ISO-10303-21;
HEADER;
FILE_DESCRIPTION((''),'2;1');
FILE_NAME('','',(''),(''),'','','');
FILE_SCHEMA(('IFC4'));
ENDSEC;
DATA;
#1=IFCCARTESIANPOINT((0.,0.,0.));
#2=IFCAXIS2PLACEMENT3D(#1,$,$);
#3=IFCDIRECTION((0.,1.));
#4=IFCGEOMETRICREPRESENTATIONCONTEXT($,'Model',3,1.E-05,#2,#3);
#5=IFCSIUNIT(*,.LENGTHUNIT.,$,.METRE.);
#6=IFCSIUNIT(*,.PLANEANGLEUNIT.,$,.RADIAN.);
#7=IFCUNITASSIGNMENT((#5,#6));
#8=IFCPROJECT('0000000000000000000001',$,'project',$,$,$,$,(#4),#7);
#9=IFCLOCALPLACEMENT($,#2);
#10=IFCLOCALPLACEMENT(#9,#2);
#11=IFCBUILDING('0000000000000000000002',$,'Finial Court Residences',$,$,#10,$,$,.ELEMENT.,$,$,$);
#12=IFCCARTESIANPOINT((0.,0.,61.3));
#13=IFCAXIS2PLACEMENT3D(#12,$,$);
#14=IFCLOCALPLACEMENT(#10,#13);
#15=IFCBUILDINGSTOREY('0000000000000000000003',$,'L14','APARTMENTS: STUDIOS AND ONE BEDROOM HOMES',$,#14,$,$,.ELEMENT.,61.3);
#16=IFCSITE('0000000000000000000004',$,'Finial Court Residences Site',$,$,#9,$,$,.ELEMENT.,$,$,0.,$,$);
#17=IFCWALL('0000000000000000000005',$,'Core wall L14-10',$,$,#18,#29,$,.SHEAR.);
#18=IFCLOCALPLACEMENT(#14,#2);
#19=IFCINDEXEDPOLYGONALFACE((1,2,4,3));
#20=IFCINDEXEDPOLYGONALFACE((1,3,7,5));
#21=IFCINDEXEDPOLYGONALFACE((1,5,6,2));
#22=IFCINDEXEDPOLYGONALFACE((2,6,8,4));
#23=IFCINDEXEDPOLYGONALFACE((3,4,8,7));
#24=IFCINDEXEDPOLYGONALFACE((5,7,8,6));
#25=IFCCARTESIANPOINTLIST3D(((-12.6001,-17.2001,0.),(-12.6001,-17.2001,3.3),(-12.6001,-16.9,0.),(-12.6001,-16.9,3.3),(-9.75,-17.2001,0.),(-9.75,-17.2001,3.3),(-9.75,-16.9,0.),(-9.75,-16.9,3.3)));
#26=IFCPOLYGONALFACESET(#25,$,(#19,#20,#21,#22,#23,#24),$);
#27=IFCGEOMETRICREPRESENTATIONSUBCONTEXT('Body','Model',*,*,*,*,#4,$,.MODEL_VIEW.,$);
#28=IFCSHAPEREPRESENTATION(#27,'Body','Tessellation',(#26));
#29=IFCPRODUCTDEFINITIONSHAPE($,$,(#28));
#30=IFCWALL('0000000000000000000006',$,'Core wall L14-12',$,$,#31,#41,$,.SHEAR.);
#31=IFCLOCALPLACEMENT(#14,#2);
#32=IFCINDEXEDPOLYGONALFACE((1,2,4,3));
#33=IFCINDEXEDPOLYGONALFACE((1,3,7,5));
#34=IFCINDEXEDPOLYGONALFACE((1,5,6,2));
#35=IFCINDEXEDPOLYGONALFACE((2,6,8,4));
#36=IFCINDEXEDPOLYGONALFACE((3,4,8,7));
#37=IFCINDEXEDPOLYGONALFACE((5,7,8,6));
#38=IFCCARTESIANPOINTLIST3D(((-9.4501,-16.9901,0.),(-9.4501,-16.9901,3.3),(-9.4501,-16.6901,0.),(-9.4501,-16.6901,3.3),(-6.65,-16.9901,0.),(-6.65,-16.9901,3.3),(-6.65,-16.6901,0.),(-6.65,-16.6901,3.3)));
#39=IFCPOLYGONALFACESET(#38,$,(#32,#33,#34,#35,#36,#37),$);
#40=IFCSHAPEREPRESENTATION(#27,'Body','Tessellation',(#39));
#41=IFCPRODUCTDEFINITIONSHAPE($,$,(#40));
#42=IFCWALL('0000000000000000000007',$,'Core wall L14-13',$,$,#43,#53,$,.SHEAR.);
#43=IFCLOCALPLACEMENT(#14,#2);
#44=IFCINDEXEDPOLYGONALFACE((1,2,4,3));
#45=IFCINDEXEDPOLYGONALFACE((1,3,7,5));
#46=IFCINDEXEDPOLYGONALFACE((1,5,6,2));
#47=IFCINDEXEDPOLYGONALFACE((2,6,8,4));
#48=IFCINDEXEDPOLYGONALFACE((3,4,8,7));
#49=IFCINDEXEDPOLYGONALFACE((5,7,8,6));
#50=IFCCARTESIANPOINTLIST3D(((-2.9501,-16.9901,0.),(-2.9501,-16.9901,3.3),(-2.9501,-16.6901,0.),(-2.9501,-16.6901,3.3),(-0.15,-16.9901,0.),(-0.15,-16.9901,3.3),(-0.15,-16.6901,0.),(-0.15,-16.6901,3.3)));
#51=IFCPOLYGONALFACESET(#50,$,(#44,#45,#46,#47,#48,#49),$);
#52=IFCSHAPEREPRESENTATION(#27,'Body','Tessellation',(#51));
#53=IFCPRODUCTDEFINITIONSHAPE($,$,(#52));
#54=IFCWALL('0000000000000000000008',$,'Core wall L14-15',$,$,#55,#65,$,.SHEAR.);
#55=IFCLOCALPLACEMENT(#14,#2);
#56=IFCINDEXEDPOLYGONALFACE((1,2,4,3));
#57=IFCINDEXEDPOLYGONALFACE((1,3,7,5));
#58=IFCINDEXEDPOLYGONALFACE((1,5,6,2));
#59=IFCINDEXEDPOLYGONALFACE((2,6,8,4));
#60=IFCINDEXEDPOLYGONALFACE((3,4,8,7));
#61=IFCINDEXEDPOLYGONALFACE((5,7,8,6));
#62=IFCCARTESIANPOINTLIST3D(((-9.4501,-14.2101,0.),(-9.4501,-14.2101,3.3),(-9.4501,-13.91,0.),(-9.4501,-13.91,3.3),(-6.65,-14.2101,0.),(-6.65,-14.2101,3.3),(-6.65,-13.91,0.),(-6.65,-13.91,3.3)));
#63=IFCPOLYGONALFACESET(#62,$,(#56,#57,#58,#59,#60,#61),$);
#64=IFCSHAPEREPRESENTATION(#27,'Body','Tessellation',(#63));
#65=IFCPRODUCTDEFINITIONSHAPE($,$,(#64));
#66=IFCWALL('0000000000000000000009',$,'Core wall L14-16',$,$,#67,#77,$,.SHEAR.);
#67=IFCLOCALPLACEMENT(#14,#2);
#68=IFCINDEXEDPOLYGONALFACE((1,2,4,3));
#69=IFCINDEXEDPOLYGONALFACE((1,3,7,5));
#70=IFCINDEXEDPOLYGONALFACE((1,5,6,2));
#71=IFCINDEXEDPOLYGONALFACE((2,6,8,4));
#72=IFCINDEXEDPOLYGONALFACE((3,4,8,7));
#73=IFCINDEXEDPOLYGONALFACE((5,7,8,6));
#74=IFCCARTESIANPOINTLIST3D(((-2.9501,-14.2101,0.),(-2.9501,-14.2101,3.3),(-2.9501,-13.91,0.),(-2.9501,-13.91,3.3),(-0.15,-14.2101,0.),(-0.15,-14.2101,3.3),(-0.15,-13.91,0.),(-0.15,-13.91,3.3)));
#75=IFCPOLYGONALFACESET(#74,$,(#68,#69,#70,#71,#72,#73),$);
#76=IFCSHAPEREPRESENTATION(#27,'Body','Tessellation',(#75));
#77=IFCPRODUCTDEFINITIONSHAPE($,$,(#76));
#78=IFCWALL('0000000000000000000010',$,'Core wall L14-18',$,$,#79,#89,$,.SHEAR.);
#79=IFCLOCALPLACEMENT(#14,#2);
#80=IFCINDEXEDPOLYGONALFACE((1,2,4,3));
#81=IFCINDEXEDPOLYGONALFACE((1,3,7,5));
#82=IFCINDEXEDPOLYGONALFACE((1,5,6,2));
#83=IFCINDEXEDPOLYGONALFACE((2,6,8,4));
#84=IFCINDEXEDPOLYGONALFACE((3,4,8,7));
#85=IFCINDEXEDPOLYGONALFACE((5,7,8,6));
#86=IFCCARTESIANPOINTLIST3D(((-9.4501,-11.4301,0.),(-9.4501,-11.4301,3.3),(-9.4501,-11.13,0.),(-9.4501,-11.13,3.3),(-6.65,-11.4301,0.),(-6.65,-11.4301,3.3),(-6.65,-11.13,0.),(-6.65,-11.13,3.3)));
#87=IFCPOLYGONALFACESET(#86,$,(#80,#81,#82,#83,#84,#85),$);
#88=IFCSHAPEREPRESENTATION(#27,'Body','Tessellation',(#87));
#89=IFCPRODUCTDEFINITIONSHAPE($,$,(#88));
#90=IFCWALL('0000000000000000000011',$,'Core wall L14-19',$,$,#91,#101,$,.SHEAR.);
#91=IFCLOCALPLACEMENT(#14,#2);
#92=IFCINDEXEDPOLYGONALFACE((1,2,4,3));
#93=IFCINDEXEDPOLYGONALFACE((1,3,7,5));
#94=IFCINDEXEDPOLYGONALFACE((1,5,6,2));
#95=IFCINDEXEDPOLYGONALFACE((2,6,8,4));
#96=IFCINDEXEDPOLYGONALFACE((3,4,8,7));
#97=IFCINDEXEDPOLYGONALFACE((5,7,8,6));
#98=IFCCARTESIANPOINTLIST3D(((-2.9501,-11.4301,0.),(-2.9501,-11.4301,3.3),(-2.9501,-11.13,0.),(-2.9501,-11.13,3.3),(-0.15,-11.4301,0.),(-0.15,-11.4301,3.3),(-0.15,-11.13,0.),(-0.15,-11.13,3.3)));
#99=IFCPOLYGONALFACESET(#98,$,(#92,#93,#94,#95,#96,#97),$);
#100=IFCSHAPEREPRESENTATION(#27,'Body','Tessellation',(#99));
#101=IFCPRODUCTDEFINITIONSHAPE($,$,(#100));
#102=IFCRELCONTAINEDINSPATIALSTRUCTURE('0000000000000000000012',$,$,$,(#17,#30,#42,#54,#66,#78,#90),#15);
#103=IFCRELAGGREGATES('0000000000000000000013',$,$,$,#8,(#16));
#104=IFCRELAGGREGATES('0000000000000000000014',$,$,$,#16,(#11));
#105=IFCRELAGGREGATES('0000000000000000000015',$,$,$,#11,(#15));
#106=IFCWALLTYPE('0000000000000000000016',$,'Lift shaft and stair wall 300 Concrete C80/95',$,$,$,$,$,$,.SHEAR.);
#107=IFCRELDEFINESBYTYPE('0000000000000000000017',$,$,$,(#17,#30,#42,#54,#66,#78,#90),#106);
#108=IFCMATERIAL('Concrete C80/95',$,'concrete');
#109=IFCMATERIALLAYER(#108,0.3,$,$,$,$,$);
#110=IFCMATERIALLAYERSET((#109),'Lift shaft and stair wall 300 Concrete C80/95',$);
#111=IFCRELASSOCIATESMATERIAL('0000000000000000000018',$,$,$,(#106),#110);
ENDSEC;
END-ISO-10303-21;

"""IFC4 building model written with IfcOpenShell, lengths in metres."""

from ifc_helpers import new_model, si_unit, direction, frame, frame_2d, origin, place, context, subcontext, project, spatial, rectangle, extrude, material, layer, layer_set, type_object, element, save


model = new_model("IFC4")

# Units and contexts
model_context = context("Model", 3, precision=1e-05, world=origin(), true_north=direction((0.0, 1.0)))
body_context = subcontext(model_context, "Body", "Model", "MODEL_VIEW")
ifc_project = project(units=[si_unit("LENGTHUNIT", "METRE"), si_unit("PLANEANGLEUNIT", "RADIAN")], contexts=[model_context])

# Site, building, storey
site_placement = place(None, origin())
site = spatial("IfcSite", under=ifc_project, at=site_placement, Name="Finial Court Residences Site", CompositionType="ELEMENT", RefElevation=0.0)
building_placement = place(site_placement, origin())
building = spatial("IfcBuilding", under=site, at=building_placement, Name="Finial Court Residences", CompositionType="ELEMENT")
storey_placement = place(building_placement, frame((0.0, 0.0, 61.3)))
storey = spatial("IfcBuildingStorey", under=building, at=storey_placement, Name="L14", Description="APARTMENTS: STUDIOS AND ONE BEDROOM HOMES", CompositionType="ELEMENT", Elevation=61.3)

# Shared definitions
ifc_material_1 = material(Name="Concrete C80/95", Category="concrete")

# Walls
ifc_layer_1 = layer(ifc_material_1, 0.3)
ifc_layer_set_1 = layer_set([ifc_layer_1], Name="Lift shaft and stair wall 300 Concrete C80/95")
wall_type_1 = type_object("IfcWallType", Name="Lift shaft and stair wall 300 Concrete C80/95", PredefinedType="SHEAR", material=ifc_layer_set_1)
wall_1_placement = place(storey_placement, frame((-12.6001, -17.05, 0.0), z_axis=(0.0, 0.0, 1.0), x_axis=(1.0, 0.0, 0.0)))
element("IfcWall", 1, at=wall_1_placement, inside=storey, type_object=wall_type_1, Name="Core wall L14-10", PredefinedType="SHEAR", context=body_context, shape_type="SweptSolid", body=[
    extrude(rectangle(XDim=2.8501, YDim=0.3, at=frame_2d((1.425, 0.0))), origin(), (0.0, 0.0, 1.0), 3.3),
])
for number, where, z_axis, x_axis, name in (
    (2, (-9.45, -16.8401, 0.0), (0.0, 0.0, 1.0), (1.0, 0.0, 0.0), "Core wall L14-12"),
    (3, (-2.95, -16.8401, 0.0), (0.0, 0.0, 1.0), (1.0, 0.0, 0.0), "Core wall L14-13"),
    (4, (-9.45, -14.0601, 0.0), (0.0, 0.0, 1.0), (1.0, 0.0, 0.0), "Core wall L14-15"),
    (5, (-2.95, -14.0601, 0.0), (0.0, 0.0, 1.0), (1.0, 0.0, 0.0), "Core wall L14-16"),
    (6, (-9.45, -11.28, 0.0), (0.0, 0.0, 1.0), (1.0, 0.0, 0.0), "Core wall L14-18"),
    (7, (-2.95, -11.28, 0.0), (0.0, 0.0, 1.0), (1.0, 0.0, 0.0), "Core wall L14-19"),
):
    element("IfcWall", number, at=place(storey_placement, frame(where, z_axis=z_axis, x_axis=x_axis)), inside=storey, type_object=wall_type_1, Name=name, PredefinedType="SHEAR", context=body_context, shape_type="SweptSolid", body=[
        extrude(rectangle(XDim=2.8, YDim=0.3, at=frame_2d((1.3999, 0.0))), origin(), (0.0, 0.0, 1.0), 3.3),
    ])

save(model, "model.ifc")
